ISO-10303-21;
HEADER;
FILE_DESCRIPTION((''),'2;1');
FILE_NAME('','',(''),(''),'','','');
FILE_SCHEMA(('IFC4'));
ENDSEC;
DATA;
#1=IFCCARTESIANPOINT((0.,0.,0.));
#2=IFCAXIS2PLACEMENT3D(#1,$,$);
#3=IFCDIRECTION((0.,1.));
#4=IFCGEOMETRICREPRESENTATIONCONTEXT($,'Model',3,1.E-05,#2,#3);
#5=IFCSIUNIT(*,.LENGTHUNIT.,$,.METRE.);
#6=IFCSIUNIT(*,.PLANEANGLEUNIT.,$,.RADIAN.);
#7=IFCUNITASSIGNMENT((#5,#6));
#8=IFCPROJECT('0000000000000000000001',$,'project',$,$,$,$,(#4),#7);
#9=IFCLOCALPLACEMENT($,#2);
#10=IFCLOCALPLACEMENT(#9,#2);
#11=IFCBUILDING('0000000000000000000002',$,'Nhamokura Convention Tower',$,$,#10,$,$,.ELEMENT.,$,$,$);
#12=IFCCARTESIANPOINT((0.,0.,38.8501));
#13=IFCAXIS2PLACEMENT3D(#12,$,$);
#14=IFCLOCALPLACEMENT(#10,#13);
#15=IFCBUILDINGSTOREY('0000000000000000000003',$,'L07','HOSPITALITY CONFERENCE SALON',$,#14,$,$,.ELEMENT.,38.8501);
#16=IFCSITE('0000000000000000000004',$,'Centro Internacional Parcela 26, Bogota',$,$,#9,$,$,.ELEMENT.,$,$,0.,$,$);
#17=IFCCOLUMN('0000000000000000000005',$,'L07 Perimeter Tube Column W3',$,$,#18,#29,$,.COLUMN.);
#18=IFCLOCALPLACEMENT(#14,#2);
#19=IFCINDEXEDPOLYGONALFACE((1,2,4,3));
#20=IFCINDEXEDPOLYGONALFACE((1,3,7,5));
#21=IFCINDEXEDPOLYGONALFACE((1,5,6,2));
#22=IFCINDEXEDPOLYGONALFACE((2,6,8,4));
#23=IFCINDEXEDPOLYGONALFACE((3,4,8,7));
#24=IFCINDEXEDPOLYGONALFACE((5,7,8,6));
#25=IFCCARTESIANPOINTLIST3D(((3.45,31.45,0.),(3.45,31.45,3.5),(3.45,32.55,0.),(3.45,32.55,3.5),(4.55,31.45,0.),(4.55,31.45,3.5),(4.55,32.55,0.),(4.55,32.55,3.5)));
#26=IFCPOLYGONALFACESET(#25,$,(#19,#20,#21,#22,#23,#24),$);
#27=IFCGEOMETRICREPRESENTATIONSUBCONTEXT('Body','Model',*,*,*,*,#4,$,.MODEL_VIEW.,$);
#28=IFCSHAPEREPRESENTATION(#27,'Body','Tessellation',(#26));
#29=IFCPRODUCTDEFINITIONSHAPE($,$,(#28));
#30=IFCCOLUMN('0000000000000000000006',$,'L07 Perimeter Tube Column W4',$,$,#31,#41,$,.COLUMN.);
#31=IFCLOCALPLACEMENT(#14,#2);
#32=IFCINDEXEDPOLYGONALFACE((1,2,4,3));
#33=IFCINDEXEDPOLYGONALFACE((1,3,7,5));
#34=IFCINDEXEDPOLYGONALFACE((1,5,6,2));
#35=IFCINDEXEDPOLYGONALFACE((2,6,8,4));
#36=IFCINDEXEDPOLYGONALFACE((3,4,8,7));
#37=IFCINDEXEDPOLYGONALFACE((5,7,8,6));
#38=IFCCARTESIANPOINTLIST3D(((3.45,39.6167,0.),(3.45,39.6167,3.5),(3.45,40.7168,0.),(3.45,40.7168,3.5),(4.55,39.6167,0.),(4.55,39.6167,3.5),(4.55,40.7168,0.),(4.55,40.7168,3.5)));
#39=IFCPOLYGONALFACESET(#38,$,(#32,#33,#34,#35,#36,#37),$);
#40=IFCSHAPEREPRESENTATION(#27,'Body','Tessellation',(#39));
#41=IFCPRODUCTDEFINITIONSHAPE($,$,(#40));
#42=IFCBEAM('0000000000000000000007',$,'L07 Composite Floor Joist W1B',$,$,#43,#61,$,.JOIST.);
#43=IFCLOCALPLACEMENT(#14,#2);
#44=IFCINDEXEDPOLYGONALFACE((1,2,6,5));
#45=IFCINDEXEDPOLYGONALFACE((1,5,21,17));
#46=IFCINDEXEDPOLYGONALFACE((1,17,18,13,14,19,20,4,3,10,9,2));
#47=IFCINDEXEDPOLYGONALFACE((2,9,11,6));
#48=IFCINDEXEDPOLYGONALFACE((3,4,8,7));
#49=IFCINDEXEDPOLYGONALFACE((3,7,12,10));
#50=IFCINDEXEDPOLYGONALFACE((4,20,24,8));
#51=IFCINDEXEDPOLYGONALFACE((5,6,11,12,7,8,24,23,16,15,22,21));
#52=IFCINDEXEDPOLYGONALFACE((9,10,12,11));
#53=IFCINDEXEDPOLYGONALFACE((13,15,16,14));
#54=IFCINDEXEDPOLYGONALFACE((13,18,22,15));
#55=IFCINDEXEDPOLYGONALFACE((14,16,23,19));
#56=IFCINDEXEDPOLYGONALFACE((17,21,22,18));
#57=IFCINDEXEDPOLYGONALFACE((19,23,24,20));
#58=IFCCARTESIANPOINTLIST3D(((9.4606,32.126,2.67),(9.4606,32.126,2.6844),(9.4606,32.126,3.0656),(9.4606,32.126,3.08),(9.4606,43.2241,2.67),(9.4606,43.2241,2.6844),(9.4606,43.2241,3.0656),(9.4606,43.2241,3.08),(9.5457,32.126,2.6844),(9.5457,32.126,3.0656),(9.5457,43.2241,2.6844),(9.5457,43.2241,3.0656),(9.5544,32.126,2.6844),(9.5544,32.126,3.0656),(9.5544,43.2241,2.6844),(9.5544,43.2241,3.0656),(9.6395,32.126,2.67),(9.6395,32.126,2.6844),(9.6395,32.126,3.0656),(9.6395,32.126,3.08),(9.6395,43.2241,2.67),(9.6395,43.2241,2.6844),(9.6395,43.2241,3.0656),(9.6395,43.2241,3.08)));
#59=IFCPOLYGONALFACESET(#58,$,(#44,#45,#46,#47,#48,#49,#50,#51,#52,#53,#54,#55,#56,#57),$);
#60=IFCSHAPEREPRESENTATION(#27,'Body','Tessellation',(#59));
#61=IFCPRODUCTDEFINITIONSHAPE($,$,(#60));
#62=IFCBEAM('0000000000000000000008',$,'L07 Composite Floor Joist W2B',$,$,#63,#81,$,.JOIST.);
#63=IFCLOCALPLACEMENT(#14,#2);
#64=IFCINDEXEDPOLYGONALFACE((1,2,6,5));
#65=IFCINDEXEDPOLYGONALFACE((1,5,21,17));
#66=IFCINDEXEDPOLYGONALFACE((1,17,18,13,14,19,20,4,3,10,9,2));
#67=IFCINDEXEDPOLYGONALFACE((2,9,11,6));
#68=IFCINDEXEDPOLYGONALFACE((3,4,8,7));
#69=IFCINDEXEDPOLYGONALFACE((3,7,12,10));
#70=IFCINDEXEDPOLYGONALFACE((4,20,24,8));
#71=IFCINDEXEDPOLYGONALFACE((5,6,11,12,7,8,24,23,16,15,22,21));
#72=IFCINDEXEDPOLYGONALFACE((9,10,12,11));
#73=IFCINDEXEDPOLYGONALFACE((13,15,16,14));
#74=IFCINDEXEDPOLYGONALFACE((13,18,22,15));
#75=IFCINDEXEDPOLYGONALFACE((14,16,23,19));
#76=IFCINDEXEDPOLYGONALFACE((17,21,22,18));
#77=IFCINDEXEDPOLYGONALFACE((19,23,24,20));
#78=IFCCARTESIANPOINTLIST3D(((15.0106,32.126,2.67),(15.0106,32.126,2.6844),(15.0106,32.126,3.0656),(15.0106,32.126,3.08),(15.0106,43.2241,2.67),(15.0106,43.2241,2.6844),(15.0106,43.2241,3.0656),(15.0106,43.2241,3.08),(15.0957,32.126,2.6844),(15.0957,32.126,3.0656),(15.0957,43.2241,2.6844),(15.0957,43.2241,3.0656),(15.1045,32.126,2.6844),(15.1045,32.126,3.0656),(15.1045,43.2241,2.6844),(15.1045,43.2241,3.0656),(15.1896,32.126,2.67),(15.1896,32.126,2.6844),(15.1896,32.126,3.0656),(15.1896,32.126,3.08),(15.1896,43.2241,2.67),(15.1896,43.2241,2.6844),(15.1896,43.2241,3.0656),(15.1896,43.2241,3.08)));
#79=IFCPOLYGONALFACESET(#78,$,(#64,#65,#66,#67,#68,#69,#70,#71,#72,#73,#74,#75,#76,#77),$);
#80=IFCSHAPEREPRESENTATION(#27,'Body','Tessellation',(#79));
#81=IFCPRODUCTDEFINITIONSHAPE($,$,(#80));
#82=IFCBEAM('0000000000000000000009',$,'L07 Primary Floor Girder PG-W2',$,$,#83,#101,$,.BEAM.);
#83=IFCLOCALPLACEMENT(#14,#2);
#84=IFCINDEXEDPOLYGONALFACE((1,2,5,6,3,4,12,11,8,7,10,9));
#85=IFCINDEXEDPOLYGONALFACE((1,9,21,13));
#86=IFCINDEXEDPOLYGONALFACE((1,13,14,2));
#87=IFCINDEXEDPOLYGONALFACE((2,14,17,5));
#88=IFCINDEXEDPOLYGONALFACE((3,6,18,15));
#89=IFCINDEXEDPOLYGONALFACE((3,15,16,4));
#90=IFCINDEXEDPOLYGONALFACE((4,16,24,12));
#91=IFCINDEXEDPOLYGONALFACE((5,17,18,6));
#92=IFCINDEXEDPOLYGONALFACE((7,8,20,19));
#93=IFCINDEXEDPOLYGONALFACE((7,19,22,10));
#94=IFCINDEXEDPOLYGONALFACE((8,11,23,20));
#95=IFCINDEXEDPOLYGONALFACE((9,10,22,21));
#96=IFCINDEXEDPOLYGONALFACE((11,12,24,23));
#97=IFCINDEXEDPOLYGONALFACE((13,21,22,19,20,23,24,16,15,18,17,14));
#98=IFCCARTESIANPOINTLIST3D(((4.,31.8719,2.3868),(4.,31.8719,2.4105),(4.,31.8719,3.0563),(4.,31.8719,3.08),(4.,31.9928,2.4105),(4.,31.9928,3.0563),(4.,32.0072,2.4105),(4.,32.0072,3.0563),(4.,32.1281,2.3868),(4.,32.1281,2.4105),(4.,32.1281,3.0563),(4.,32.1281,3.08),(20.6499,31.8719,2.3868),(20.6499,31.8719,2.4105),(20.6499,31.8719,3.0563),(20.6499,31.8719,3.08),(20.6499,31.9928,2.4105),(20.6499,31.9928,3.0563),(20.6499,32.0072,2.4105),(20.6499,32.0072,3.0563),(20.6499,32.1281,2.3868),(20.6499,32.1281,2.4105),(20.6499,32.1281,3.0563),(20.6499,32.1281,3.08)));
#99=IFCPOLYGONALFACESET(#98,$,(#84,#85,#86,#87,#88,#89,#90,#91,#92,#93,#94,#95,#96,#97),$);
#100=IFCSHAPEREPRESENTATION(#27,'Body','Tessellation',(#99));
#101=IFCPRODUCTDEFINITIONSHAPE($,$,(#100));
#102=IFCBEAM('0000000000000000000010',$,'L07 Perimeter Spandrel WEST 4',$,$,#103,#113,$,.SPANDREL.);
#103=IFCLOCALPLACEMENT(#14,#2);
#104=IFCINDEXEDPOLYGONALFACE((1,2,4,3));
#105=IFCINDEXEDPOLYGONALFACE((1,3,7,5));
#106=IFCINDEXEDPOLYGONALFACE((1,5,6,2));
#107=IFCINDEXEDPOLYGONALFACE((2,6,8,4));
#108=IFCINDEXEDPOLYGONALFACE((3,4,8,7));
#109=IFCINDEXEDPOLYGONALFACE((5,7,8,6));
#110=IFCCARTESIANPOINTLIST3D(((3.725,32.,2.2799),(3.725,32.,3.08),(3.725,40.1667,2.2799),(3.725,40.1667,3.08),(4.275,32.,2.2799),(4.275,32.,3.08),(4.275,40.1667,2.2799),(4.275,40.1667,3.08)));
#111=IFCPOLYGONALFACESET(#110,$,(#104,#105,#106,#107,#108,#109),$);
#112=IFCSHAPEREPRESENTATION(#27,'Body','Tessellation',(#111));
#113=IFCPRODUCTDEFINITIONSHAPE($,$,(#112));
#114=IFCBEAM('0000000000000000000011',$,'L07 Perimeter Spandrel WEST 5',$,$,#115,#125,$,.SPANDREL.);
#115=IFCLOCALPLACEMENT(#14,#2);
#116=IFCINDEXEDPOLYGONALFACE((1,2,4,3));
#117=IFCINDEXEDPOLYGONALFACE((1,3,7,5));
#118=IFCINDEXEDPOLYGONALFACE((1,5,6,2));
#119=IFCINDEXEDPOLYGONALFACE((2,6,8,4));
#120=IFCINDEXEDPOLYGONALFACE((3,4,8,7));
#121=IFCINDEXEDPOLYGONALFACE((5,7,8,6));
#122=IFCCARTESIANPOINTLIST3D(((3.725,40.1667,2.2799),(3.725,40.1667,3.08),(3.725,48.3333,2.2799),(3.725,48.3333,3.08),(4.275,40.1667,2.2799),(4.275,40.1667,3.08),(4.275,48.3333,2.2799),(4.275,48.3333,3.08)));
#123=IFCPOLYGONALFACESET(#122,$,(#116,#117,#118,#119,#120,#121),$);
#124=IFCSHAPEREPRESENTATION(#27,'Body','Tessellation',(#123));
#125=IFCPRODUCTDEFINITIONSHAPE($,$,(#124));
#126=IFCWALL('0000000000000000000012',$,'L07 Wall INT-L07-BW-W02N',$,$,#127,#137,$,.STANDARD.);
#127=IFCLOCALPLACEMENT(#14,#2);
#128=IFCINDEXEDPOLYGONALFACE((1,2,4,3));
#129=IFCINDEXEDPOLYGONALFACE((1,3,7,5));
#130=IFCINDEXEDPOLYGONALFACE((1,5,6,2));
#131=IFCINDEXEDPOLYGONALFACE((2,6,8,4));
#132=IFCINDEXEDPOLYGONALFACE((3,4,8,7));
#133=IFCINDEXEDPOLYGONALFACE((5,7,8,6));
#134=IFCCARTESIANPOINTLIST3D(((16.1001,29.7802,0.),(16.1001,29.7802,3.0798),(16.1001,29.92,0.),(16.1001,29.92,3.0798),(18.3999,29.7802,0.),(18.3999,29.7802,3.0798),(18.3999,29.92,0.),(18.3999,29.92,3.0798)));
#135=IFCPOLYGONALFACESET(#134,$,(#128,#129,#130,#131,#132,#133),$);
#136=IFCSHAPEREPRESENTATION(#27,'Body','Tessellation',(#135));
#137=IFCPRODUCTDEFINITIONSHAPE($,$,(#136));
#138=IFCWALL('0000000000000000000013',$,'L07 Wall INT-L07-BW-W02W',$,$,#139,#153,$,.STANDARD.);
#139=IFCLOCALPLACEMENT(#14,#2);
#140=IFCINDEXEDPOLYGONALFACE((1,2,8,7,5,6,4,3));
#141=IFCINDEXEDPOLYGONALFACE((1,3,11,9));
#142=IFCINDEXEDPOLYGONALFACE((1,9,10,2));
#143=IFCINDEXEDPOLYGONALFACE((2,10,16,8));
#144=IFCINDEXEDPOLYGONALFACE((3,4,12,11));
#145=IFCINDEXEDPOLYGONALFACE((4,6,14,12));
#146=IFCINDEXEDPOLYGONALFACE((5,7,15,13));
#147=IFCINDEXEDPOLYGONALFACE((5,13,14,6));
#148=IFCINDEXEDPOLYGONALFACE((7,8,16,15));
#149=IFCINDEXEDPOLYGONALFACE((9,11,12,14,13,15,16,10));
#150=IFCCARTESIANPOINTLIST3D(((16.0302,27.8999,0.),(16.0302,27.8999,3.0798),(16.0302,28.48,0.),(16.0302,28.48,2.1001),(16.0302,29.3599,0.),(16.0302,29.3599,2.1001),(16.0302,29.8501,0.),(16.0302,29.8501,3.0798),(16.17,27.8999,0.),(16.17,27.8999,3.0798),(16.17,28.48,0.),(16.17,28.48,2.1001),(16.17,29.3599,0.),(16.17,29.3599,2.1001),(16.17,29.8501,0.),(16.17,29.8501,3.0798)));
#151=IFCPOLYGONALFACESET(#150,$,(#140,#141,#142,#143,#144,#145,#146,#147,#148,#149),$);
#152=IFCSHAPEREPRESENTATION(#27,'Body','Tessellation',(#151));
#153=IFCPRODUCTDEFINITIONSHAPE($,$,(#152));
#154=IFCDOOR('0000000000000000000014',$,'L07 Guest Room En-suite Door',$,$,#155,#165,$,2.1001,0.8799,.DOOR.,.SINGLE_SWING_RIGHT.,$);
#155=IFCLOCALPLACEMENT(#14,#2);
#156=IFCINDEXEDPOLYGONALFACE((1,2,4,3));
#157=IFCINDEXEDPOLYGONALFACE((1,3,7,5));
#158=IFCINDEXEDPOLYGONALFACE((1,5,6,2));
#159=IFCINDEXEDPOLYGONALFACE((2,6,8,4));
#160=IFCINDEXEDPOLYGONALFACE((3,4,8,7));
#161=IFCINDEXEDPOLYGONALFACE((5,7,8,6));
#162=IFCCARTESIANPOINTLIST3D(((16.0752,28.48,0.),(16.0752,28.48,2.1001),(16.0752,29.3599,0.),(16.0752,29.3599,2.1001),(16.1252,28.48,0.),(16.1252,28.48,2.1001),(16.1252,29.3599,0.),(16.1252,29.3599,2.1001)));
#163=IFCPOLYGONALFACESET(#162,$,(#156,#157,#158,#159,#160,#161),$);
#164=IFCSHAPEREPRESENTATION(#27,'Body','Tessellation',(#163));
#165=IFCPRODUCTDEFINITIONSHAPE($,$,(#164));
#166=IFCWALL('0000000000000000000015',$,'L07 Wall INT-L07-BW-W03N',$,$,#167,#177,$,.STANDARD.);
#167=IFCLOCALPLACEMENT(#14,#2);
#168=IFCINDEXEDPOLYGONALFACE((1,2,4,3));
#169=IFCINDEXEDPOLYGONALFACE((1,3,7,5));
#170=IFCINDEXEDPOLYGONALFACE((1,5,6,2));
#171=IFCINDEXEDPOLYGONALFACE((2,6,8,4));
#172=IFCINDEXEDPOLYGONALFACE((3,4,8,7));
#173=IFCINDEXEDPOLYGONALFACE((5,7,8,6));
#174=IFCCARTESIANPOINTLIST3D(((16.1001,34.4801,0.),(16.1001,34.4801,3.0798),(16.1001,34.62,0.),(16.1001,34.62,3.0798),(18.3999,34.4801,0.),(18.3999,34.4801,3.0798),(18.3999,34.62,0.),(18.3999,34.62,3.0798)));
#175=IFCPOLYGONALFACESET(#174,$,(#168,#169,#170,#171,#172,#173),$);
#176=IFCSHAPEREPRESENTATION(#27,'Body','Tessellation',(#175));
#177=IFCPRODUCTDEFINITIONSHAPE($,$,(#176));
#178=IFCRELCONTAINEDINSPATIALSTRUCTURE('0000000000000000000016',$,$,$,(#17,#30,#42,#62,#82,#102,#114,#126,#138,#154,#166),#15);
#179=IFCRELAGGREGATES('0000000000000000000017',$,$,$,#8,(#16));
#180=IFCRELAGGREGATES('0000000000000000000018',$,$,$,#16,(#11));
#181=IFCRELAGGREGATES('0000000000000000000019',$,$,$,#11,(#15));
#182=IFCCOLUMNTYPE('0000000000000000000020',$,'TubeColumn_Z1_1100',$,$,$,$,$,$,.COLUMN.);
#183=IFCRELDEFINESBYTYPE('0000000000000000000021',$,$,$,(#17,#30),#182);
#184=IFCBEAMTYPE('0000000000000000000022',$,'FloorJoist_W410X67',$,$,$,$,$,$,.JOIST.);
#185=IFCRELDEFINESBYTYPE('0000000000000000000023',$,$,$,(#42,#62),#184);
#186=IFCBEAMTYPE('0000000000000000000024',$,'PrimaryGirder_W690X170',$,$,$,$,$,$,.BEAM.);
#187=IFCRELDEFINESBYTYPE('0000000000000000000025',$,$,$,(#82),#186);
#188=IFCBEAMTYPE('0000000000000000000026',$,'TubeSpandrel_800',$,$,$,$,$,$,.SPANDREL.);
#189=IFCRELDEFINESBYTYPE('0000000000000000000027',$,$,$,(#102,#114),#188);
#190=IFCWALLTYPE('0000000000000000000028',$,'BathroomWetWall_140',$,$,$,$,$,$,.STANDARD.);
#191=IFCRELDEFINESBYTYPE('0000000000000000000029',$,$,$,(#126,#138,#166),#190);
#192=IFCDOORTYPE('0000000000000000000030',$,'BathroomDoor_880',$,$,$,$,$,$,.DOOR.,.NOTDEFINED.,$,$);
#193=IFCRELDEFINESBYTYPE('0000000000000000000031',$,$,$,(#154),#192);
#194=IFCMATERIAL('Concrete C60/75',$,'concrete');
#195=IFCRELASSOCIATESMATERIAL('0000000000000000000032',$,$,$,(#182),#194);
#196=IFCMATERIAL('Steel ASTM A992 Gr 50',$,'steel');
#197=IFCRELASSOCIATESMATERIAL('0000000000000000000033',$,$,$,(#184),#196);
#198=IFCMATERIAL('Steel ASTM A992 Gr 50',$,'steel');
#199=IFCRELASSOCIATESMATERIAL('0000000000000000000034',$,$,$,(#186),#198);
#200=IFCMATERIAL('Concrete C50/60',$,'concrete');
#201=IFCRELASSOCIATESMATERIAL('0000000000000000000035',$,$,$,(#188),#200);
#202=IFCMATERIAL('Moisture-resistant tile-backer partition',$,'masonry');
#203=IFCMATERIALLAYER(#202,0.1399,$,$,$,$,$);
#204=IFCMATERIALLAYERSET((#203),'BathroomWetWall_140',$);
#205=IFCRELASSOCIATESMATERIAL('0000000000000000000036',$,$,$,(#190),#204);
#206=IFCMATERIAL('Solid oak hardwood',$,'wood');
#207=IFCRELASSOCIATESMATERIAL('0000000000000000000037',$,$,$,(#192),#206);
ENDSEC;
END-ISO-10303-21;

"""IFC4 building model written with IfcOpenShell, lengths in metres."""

from ifc_helpers import new_model, si_unit, direction, frame, frame_2d, origin, origin_2d, place, context, subcontext, project, spatial, rectangle, i_section, extrude, material, layer, layer_set, material_profile, profile_set, type_object, element, fill, save


model = new_model("IFC4")

# Units and contexts
model_context = context("Model", 3, precision=1e-05, world=origin(), true_north=direction((0.0, 1.0)))
body_context = subcontext(model_context, "Body", "Model", "MODEL_VIEW")
ifc_project = project(units=[si_unit("LENGTHUNIT", "METRE"), si_unit("PLANEANGLEUNIT", "RADIAN")], contexts=[model_context])

# Site, building, storey
site_placement = place(None, origin())
site = spatial("IfcSite", under=ifc_project, at=site_placement, Name="Centro Internacional Parcela 26, Bogota", CompositionType="ELEMENT", RefElevation=0.0)
building_placement = place(site_placement, origin())
building = spatial("IfcBuilding", under=site, at=building_placement, Name="Nhamokura Convention Tower", CompositionType="ELEMENT")
storey_placement = place(building_placement, frame((0.0, 0.0, 38.8501)))
storey = spatial("IfcBuildingStorey", under=building, at=storey_placement, Name="L07", Description="HOSPITALITY CONFERENCE SALON", CompositionType="ELEMENT", Elevation=38.8501)

# Columns
ifc_material_1 = material(Name="Concrete C60/75", Category="concrete")
ifc_material_profile_1 = material_profile(ifc_material_1, rectangle(XDim=1.1001, YDim=1.1001, at=origin_2d()))
ifc_profile_set_1 = profile_set([ifc_material_profile_1], Name="Concrete C60/75")
column_type = type_object("IfcColumnType", Name="TubeColumn_Z1_1100", PredefinedType="COLUMN", material=ifc_profile_set_1)
for number, where, z_axis, x_axis, name in (
    (1, (4.0, 32.0, 0.0), (0.0, 0.0, 1.0), (1.0, 0.0, 0.0), "L07 Perimeter Tube Column W3"),
    (2, (4.0, 40.1667, 0.0), (0.0, 0.0, 1.0), (1.0, 0.0, 0.0), "L07 Perimeter Tube Column W4"),
):
    element("IfcColumn", number, at=place(storey_placement, frame(where, z_axis=z_axis, x_axis=x_axis)), inside=storey, type_object=column_type, Name=name, PredefinedType="COLUMN", context=body_context, shape_type="SweptSolid", body=[
        extrude(rectangle(XDim=1.1001, YDim=1.1001, at=origin_2d()), origin(), (0.0, 0.0, 1.0), 3.5),
    ])

# Beams
ifc_material_2 = material(Name="Steel ASTM A992 Gr 50", Category="steel")
ifc_material_profile_2 = material_profile(ifc_material_2, i_section(OverallWidth=0.179, OverallDepth=0.4099, WebThickness=0.0088, FlangeThickness=0.0144, at=origin_2d()))
ifc_profile_set_2 = profile_set([ifc_material_profile_2], Name="Steel ASTM A992 Gr 50")
beam_type_1 = type_object("IfcBeamType", Name="FloorJoist_W410X67", PredefinedType="JOIST", material=ifc_profile_set_2)
for number, where, z_axis, x_axis, name in (
    (3, (9.55, 32.126, 2.875), (0.0, 1.0, 0.0), (-1.0, 0.0, 0.0), "L07 Composite Floor Joist W1B"),
    (4, (15.1001, 32.126, 2.875), (0.0, 1.0, 0.0), (-1.0, 0.0, 0.0), "L07 Composite Floor Joist W2B"),
):
    element("IfcBeam", number, at=place(storey_placement, frame(where, z_axis=z_axis, x_axis=x_axis)), inside=storey, type_object=beam_type_1, Name=name, PredefinedType="JOIST", context=body_context, shape_type="SweptSolid", body=[
        extrude(i_section(OverallWidth=0.179, OverallDepth=0.4099, WebThickness=0.0088, FlangeThickness=0.0144, at=origin_2d()), origin(), (0.0, 0.0, 1.0), 11.0981),
    ])
ifc_material_3 = material(Name="Steel ASTM A992 Gr 50", Category="steel")
ifc_material_profile_3 = material_profile(ifc_material_3, i_section(OverallWidth=0.2561, OverallDepth=0.6931, WebThickness=0.0144, FlangeThickness=0.0237, at=origin_2d()))
ifc_profile_set_3 = profile_set([ifc_material_profile_3], Name="Steel ASTM A992 Gr 50")
beam_type_2 = type_object("IfcBeamType", Name="PrimaryGirder_W690X170", PredefinedType="BEAM", material=ifc_profile_set_3)
beam_1_placement = place(storey_placement, frame((4.0, 32.0, 2.7334), z_axis=(1.0, 0.0, 0.0), x_axis=(0.0, 1.0, 0.0)))
element("IfcBeam", 5, at=beam_1_placement, inside=storey, type_object=beam_type_2, Name="L07 Primary Floor Girder PG-W2", PredefinedType="BEAM", context=body_context, shape_type="SweptSolid", body=[
    extrude(i_section(OverallWidth=0.2561, OverallDepth=0.6931, WebThickness=0.0144, FlangeThickness=0.0237, at=origin_2d()), origin(), (0.0, 0.0, 1.0), 16.6499),
])
ifc_material_4 = material(Name="Concrete C50/60", Category="concrete")
ifc_material_profile_4 = material_profile(ifc_material_4, rectangle(XDim=0.55, YDim=0.8, at=origin_2d()))
ifc_profile_set_4 = profile_set([ifc_material_profile_4], Name="Concrete C50/60")
beam_type_3 = type_object("IfcBeamType", Name="TubeSpandrel_800", PredefinedType="SPANDREL", material=ifc_profile_set_4)
beam_2_placement = place(storey_placement, frame((4.0, 32.0, 2.6799), z_axis=(0.0, 1.0, 0.0), x_axis=(-1.0, 0.0, 0.0)))
element("IfcBeam", 6, at=beam_2_placement, inside=storey, type_object=beam_type_3, Name="L07 Perimeter Spandrel WEST 4", PredefinedType="SPANDREL", context=body_context, shape_type="SweptSolid", body=[
    extrude(rectangle(XDim=0.55, YDim=0.8, at=origin_2d()), origin(), (0.0, 0.0, 1.0), 8.1667),
])
beam_3_placement = place(storey_placement, frame((4.0, 40.1667, 2.6799), z_axis=(0.0, 1.0, 0.0), x_axis=(-1.0, 0.0, 0.0)))
element("IfcBeam", 7, at=beam_3_placement, inside=storey, type_object=beam_type_3, Name="L07 Perimeter Spandrel WEST 5", PredefinedType="SPANDREL", context=body_context, shape_type="SweptSolid", body=[
    extrude(rectangle(XDim=0.55, YDim=0.8, at=origin_2d()), origin(), (0.0, 0.0, 1.0), 8.1665),
])

# Wall
ifc_material_5 = material(Name="Moisture-resistant tile-backer partition", Category="masonry")
ifc_layer_1 = layer(ifc_material_5, 0.1399)
ifc_layer_set_1 = layer_set([ifc_layer_1], Name="BathroomWetWall_140")
wall_type_1 = type_object("IfcWallType", Name="BathroomWetWall_140", PredefinedType="STANDARD", material=ifc_layer_set_1)
wall_1_placement = place(storey_placement, frame((16.1001, 29.8501, 0.0), z_axis=(0.0, 0.0, 1.0), x_axis=(1.0, 0.0, 0.0)))
element("IfcWall", 8, at=wall_1_placement, inside=storey, type_object=wall_type_1, Name="L07 Wall INT-L07-BW-W02N", PredefinedType="STANDARD", context=body_context, shape_type="SweptSolid", body=[
    extrude(rectangle(XDim=2.2998, YDim=0.1399, at=frame_2d((1.1499, 0.0))), origin(), (0.0, 0.0, 1.0), 3.0798),
])

# Wall, opening, door
wall_2_placement = place(storey_placement, frame((16.1001, 27.8999, 0.0), z_axis=(0.0, 0.0, 1.0), x_axis=(0.0, 1.0, 0.0)))
wall_2 = element("IfcWall", 9, at=wall_2_placement, inside=storey, type_object=wall_type_1, Name="L07 Wall INT-L07-BW-W02W", PredefinedType="STANDARD", context=body_context, shape_type="SweptSolid", body=[
    extrude(rectangle(XDim=1.9502, YDim=0.1399, at=frame_2d((0.9751, 0.0))), origin(), (0.0, 0.0, 1.0), 3.0798),
])
opening_1_placement = place(wall_2_placement, frame((0.5801, 0.0, 0.0)))
opening_1 = element("IfcOpeningElement", 10, at=opening_1_placement, cuts=wall_2, PredefinedType="OPENING", context=body_context, shape_type="SweptSolid", body=[
    extrude(rectangle(XDim=0.8799, YDim=2.1001, at=frame_2d((0.4399, 1.05))), frame((0.0, 0.0798, 0.0), z_axis=(0.0, -1.0, 0.0), x_axis=(1.0, 0.0, 0.0)), (0.0, 0.0, 1.0), 0.1599),
])
ifc_material_6 = material(Name="Solid oak hardwood", Category="wood")
door_type = type_object("IfcDoorType", Name="BathroomDoor_880", OperationType="NOTDEFINED", PredefinedType="DOOR", material=ifc_material_6)
door_1_placement = place(opening_1_placement, origin())
door_1 = element("IfcDoor", 11, at=door_1_placement, inside=storey, type_object=door_type, Name="L07 Guest Room En-suite Door", OperationType="SINGLE_SWING_RIGHT", OverallHeight=2.1001, OverallWidth=0.8799, PredefinedType="DOOR", context=body_context, shape_type="SweptSolid", body=[
    extrude(rectangle(XDim=0.8799, YDim=2.1001, at=frame_2d((0.4399, 1.05))), frame((0.0, 0.0249, 0.0), z_axis=(0.0, -1.0, 0.0), x_axis=(1.0, 0.0, 0.0)), (0.0, 0.0, 1.0), 0.05),
])
fill(opening_1, door_1)

# Wall
wall_3_placement = place(storey_placement, frame((16.1001, 34.55, 0.0), z_axis=(0.0, 0.0, 1.0), x_axis=(1.0, 0.0, 0.0)))
element("IfcWall", 12, at=wall_3_placement, inside=storey, type_object=wall_type_1, Name="L07 Wall INT-L07-BW-W03N", PredefinedType="STANDARD", context=body_context, shape_type="SweptSolid", body=[
    extrude(rectangle(XDim=2.2998, YDim=0.1399, at=frame_2d((1.1499, 0.0))), origin(), (0.0, 0.0, 1.0), 3.0798),
])

save(model, "model.ifc")
